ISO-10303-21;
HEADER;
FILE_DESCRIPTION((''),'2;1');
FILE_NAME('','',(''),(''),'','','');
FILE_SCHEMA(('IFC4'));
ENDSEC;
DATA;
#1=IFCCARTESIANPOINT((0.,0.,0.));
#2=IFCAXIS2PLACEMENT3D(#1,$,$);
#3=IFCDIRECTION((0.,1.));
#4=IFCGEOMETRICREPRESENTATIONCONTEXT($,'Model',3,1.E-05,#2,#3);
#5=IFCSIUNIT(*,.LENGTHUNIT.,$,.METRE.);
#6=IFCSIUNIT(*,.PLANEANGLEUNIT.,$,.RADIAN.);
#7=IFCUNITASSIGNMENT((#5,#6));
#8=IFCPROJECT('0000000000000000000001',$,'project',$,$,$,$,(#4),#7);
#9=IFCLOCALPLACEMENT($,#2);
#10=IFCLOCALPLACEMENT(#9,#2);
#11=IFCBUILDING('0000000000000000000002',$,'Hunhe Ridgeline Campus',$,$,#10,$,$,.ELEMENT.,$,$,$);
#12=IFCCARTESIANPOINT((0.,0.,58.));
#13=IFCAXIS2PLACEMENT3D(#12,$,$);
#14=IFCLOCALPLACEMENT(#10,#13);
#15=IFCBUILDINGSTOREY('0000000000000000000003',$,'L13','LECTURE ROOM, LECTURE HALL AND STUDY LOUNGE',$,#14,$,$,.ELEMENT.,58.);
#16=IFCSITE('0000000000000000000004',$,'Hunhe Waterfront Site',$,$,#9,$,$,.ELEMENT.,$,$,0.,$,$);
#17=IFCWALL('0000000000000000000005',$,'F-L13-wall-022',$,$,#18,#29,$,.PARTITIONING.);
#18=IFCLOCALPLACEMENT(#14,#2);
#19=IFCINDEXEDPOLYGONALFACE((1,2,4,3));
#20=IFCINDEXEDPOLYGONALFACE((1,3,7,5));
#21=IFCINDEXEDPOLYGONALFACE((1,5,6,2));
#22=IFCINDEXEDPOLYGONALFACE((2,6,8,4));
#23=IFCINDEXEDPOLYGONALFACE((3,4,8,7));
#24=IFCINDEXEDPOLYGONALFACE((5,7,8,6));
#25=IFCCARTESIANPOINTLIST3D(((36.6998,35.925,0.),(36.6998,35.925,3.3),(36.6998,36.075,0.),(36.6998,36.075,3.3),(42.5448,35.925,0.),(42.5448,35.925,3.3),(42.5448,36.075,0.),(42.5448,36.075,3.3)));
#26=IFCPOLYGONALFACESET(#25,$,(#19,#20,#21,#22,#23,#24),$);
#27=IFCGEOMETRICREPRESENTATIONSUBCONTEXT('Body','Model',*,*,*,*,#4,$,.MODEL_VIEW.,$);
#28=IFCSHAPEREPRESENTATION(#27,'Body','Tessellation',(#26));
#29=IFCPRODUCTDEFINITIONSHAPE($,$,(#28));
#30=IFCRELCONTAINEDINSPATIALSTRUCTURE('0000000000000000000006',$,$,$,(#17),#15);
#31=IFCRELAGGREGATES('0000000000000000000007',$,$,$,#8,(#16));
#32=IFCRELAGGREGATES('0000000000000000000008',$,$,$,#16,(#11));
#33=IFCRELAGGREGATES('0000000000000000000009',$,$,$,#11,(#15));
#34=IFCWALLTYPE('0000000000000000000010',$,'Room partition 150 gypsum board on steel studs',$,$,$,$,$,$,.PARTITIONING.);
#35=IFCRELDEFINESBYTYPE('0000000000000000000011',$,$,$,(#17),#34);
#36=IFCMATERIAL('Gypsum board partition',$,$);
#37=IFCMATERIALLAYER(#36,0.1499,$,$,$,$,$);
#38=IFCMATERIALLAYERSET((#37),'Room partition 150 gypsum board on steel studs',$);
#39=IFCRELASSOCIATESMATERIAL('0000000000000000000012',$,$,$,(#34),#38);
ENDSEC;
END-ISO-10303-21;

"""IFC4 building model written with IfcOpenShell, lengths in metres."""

from ifc_helpers import new_model, si_unit, direction, frame, frame_2d, origin, place, context, subcontext, project, spatial, rectangle, extrude, material, layer, layer_set, type_object, element, save


model = new_model("IFC4")

# Units and contexts
model_context = context("Model", 3, precision=1e-05, world=origin(), true_north=direction((0.0, 1.0)))
body_context = subcontext(model_context, "Body", "Model", "MODEL_VIEW")
ifc_project = project(units=[si_unit("LENGTHUNIT", "METRE"), si_unit("PLANEANGLEUNIT", "RADIAN")], contexts=[model_context])

# Site, building, storey
site_placement = place(None, origin())
site = spatial("IfcSite", under=ifc_project, at=site_placement, Name="Hunhe Waterfront Site", CompositionType="ELEMENT", RefElevation=0.0)
building_placement = place(site_placement, origin())
building = spatial("IfcBuilding", under=site, at=building_placement, Name="Hunhe Ridgeline Campus", CompositionType="ELEMENT")
storey_placement = place(building_placement, frame((0.0, 0.0, 58.0)))
storey = spatial("IfcBuildingStorey", under=building, at=storey_placement, Name="L13", Description="LECTURE ROOM, LECTURE HALL AND STUDY LOUNGE", CompositionType="ELEMENT", Elevation=58.0)

# Wall
ifc_material_1 = material(Name="Gypsum board partition")
ifc_layer_1 = layer(ifc_material_1, 0.1499)
ifc_layer_set_1 = layer_set([ifc_layer_1], Name="Room partition 150 gypsum board on steel studs")
wall_type = type_object("IfcWallType", Name="Room partition 150 gypsum board on steel studs", PredefinedType="PARTITIONING", material=ifc_layer_set_1)
wall_1_placement = place(storey_placement, frame((36.7, 36.0, 0.0), z_axis=(0.0, 0.0, 1.0), x_axis=(1.0, 0.0, 0.0)))
element("IfcWall", 1, at=wall_1_placement, inside=storey, type_object=wall_type, Name="F-L13-wall-022", PredefinedType="PARTITIONING", context=body_context, shape_type="SweptSolid", body=[
    extrude(rectangle(XDim=5.845, YDim=0.1499, at=frame_2d((2.9224, 0.0))), origin(), (0.0, 0.0, 1.0), 3.3),
])

save(model, "model.ifc")
